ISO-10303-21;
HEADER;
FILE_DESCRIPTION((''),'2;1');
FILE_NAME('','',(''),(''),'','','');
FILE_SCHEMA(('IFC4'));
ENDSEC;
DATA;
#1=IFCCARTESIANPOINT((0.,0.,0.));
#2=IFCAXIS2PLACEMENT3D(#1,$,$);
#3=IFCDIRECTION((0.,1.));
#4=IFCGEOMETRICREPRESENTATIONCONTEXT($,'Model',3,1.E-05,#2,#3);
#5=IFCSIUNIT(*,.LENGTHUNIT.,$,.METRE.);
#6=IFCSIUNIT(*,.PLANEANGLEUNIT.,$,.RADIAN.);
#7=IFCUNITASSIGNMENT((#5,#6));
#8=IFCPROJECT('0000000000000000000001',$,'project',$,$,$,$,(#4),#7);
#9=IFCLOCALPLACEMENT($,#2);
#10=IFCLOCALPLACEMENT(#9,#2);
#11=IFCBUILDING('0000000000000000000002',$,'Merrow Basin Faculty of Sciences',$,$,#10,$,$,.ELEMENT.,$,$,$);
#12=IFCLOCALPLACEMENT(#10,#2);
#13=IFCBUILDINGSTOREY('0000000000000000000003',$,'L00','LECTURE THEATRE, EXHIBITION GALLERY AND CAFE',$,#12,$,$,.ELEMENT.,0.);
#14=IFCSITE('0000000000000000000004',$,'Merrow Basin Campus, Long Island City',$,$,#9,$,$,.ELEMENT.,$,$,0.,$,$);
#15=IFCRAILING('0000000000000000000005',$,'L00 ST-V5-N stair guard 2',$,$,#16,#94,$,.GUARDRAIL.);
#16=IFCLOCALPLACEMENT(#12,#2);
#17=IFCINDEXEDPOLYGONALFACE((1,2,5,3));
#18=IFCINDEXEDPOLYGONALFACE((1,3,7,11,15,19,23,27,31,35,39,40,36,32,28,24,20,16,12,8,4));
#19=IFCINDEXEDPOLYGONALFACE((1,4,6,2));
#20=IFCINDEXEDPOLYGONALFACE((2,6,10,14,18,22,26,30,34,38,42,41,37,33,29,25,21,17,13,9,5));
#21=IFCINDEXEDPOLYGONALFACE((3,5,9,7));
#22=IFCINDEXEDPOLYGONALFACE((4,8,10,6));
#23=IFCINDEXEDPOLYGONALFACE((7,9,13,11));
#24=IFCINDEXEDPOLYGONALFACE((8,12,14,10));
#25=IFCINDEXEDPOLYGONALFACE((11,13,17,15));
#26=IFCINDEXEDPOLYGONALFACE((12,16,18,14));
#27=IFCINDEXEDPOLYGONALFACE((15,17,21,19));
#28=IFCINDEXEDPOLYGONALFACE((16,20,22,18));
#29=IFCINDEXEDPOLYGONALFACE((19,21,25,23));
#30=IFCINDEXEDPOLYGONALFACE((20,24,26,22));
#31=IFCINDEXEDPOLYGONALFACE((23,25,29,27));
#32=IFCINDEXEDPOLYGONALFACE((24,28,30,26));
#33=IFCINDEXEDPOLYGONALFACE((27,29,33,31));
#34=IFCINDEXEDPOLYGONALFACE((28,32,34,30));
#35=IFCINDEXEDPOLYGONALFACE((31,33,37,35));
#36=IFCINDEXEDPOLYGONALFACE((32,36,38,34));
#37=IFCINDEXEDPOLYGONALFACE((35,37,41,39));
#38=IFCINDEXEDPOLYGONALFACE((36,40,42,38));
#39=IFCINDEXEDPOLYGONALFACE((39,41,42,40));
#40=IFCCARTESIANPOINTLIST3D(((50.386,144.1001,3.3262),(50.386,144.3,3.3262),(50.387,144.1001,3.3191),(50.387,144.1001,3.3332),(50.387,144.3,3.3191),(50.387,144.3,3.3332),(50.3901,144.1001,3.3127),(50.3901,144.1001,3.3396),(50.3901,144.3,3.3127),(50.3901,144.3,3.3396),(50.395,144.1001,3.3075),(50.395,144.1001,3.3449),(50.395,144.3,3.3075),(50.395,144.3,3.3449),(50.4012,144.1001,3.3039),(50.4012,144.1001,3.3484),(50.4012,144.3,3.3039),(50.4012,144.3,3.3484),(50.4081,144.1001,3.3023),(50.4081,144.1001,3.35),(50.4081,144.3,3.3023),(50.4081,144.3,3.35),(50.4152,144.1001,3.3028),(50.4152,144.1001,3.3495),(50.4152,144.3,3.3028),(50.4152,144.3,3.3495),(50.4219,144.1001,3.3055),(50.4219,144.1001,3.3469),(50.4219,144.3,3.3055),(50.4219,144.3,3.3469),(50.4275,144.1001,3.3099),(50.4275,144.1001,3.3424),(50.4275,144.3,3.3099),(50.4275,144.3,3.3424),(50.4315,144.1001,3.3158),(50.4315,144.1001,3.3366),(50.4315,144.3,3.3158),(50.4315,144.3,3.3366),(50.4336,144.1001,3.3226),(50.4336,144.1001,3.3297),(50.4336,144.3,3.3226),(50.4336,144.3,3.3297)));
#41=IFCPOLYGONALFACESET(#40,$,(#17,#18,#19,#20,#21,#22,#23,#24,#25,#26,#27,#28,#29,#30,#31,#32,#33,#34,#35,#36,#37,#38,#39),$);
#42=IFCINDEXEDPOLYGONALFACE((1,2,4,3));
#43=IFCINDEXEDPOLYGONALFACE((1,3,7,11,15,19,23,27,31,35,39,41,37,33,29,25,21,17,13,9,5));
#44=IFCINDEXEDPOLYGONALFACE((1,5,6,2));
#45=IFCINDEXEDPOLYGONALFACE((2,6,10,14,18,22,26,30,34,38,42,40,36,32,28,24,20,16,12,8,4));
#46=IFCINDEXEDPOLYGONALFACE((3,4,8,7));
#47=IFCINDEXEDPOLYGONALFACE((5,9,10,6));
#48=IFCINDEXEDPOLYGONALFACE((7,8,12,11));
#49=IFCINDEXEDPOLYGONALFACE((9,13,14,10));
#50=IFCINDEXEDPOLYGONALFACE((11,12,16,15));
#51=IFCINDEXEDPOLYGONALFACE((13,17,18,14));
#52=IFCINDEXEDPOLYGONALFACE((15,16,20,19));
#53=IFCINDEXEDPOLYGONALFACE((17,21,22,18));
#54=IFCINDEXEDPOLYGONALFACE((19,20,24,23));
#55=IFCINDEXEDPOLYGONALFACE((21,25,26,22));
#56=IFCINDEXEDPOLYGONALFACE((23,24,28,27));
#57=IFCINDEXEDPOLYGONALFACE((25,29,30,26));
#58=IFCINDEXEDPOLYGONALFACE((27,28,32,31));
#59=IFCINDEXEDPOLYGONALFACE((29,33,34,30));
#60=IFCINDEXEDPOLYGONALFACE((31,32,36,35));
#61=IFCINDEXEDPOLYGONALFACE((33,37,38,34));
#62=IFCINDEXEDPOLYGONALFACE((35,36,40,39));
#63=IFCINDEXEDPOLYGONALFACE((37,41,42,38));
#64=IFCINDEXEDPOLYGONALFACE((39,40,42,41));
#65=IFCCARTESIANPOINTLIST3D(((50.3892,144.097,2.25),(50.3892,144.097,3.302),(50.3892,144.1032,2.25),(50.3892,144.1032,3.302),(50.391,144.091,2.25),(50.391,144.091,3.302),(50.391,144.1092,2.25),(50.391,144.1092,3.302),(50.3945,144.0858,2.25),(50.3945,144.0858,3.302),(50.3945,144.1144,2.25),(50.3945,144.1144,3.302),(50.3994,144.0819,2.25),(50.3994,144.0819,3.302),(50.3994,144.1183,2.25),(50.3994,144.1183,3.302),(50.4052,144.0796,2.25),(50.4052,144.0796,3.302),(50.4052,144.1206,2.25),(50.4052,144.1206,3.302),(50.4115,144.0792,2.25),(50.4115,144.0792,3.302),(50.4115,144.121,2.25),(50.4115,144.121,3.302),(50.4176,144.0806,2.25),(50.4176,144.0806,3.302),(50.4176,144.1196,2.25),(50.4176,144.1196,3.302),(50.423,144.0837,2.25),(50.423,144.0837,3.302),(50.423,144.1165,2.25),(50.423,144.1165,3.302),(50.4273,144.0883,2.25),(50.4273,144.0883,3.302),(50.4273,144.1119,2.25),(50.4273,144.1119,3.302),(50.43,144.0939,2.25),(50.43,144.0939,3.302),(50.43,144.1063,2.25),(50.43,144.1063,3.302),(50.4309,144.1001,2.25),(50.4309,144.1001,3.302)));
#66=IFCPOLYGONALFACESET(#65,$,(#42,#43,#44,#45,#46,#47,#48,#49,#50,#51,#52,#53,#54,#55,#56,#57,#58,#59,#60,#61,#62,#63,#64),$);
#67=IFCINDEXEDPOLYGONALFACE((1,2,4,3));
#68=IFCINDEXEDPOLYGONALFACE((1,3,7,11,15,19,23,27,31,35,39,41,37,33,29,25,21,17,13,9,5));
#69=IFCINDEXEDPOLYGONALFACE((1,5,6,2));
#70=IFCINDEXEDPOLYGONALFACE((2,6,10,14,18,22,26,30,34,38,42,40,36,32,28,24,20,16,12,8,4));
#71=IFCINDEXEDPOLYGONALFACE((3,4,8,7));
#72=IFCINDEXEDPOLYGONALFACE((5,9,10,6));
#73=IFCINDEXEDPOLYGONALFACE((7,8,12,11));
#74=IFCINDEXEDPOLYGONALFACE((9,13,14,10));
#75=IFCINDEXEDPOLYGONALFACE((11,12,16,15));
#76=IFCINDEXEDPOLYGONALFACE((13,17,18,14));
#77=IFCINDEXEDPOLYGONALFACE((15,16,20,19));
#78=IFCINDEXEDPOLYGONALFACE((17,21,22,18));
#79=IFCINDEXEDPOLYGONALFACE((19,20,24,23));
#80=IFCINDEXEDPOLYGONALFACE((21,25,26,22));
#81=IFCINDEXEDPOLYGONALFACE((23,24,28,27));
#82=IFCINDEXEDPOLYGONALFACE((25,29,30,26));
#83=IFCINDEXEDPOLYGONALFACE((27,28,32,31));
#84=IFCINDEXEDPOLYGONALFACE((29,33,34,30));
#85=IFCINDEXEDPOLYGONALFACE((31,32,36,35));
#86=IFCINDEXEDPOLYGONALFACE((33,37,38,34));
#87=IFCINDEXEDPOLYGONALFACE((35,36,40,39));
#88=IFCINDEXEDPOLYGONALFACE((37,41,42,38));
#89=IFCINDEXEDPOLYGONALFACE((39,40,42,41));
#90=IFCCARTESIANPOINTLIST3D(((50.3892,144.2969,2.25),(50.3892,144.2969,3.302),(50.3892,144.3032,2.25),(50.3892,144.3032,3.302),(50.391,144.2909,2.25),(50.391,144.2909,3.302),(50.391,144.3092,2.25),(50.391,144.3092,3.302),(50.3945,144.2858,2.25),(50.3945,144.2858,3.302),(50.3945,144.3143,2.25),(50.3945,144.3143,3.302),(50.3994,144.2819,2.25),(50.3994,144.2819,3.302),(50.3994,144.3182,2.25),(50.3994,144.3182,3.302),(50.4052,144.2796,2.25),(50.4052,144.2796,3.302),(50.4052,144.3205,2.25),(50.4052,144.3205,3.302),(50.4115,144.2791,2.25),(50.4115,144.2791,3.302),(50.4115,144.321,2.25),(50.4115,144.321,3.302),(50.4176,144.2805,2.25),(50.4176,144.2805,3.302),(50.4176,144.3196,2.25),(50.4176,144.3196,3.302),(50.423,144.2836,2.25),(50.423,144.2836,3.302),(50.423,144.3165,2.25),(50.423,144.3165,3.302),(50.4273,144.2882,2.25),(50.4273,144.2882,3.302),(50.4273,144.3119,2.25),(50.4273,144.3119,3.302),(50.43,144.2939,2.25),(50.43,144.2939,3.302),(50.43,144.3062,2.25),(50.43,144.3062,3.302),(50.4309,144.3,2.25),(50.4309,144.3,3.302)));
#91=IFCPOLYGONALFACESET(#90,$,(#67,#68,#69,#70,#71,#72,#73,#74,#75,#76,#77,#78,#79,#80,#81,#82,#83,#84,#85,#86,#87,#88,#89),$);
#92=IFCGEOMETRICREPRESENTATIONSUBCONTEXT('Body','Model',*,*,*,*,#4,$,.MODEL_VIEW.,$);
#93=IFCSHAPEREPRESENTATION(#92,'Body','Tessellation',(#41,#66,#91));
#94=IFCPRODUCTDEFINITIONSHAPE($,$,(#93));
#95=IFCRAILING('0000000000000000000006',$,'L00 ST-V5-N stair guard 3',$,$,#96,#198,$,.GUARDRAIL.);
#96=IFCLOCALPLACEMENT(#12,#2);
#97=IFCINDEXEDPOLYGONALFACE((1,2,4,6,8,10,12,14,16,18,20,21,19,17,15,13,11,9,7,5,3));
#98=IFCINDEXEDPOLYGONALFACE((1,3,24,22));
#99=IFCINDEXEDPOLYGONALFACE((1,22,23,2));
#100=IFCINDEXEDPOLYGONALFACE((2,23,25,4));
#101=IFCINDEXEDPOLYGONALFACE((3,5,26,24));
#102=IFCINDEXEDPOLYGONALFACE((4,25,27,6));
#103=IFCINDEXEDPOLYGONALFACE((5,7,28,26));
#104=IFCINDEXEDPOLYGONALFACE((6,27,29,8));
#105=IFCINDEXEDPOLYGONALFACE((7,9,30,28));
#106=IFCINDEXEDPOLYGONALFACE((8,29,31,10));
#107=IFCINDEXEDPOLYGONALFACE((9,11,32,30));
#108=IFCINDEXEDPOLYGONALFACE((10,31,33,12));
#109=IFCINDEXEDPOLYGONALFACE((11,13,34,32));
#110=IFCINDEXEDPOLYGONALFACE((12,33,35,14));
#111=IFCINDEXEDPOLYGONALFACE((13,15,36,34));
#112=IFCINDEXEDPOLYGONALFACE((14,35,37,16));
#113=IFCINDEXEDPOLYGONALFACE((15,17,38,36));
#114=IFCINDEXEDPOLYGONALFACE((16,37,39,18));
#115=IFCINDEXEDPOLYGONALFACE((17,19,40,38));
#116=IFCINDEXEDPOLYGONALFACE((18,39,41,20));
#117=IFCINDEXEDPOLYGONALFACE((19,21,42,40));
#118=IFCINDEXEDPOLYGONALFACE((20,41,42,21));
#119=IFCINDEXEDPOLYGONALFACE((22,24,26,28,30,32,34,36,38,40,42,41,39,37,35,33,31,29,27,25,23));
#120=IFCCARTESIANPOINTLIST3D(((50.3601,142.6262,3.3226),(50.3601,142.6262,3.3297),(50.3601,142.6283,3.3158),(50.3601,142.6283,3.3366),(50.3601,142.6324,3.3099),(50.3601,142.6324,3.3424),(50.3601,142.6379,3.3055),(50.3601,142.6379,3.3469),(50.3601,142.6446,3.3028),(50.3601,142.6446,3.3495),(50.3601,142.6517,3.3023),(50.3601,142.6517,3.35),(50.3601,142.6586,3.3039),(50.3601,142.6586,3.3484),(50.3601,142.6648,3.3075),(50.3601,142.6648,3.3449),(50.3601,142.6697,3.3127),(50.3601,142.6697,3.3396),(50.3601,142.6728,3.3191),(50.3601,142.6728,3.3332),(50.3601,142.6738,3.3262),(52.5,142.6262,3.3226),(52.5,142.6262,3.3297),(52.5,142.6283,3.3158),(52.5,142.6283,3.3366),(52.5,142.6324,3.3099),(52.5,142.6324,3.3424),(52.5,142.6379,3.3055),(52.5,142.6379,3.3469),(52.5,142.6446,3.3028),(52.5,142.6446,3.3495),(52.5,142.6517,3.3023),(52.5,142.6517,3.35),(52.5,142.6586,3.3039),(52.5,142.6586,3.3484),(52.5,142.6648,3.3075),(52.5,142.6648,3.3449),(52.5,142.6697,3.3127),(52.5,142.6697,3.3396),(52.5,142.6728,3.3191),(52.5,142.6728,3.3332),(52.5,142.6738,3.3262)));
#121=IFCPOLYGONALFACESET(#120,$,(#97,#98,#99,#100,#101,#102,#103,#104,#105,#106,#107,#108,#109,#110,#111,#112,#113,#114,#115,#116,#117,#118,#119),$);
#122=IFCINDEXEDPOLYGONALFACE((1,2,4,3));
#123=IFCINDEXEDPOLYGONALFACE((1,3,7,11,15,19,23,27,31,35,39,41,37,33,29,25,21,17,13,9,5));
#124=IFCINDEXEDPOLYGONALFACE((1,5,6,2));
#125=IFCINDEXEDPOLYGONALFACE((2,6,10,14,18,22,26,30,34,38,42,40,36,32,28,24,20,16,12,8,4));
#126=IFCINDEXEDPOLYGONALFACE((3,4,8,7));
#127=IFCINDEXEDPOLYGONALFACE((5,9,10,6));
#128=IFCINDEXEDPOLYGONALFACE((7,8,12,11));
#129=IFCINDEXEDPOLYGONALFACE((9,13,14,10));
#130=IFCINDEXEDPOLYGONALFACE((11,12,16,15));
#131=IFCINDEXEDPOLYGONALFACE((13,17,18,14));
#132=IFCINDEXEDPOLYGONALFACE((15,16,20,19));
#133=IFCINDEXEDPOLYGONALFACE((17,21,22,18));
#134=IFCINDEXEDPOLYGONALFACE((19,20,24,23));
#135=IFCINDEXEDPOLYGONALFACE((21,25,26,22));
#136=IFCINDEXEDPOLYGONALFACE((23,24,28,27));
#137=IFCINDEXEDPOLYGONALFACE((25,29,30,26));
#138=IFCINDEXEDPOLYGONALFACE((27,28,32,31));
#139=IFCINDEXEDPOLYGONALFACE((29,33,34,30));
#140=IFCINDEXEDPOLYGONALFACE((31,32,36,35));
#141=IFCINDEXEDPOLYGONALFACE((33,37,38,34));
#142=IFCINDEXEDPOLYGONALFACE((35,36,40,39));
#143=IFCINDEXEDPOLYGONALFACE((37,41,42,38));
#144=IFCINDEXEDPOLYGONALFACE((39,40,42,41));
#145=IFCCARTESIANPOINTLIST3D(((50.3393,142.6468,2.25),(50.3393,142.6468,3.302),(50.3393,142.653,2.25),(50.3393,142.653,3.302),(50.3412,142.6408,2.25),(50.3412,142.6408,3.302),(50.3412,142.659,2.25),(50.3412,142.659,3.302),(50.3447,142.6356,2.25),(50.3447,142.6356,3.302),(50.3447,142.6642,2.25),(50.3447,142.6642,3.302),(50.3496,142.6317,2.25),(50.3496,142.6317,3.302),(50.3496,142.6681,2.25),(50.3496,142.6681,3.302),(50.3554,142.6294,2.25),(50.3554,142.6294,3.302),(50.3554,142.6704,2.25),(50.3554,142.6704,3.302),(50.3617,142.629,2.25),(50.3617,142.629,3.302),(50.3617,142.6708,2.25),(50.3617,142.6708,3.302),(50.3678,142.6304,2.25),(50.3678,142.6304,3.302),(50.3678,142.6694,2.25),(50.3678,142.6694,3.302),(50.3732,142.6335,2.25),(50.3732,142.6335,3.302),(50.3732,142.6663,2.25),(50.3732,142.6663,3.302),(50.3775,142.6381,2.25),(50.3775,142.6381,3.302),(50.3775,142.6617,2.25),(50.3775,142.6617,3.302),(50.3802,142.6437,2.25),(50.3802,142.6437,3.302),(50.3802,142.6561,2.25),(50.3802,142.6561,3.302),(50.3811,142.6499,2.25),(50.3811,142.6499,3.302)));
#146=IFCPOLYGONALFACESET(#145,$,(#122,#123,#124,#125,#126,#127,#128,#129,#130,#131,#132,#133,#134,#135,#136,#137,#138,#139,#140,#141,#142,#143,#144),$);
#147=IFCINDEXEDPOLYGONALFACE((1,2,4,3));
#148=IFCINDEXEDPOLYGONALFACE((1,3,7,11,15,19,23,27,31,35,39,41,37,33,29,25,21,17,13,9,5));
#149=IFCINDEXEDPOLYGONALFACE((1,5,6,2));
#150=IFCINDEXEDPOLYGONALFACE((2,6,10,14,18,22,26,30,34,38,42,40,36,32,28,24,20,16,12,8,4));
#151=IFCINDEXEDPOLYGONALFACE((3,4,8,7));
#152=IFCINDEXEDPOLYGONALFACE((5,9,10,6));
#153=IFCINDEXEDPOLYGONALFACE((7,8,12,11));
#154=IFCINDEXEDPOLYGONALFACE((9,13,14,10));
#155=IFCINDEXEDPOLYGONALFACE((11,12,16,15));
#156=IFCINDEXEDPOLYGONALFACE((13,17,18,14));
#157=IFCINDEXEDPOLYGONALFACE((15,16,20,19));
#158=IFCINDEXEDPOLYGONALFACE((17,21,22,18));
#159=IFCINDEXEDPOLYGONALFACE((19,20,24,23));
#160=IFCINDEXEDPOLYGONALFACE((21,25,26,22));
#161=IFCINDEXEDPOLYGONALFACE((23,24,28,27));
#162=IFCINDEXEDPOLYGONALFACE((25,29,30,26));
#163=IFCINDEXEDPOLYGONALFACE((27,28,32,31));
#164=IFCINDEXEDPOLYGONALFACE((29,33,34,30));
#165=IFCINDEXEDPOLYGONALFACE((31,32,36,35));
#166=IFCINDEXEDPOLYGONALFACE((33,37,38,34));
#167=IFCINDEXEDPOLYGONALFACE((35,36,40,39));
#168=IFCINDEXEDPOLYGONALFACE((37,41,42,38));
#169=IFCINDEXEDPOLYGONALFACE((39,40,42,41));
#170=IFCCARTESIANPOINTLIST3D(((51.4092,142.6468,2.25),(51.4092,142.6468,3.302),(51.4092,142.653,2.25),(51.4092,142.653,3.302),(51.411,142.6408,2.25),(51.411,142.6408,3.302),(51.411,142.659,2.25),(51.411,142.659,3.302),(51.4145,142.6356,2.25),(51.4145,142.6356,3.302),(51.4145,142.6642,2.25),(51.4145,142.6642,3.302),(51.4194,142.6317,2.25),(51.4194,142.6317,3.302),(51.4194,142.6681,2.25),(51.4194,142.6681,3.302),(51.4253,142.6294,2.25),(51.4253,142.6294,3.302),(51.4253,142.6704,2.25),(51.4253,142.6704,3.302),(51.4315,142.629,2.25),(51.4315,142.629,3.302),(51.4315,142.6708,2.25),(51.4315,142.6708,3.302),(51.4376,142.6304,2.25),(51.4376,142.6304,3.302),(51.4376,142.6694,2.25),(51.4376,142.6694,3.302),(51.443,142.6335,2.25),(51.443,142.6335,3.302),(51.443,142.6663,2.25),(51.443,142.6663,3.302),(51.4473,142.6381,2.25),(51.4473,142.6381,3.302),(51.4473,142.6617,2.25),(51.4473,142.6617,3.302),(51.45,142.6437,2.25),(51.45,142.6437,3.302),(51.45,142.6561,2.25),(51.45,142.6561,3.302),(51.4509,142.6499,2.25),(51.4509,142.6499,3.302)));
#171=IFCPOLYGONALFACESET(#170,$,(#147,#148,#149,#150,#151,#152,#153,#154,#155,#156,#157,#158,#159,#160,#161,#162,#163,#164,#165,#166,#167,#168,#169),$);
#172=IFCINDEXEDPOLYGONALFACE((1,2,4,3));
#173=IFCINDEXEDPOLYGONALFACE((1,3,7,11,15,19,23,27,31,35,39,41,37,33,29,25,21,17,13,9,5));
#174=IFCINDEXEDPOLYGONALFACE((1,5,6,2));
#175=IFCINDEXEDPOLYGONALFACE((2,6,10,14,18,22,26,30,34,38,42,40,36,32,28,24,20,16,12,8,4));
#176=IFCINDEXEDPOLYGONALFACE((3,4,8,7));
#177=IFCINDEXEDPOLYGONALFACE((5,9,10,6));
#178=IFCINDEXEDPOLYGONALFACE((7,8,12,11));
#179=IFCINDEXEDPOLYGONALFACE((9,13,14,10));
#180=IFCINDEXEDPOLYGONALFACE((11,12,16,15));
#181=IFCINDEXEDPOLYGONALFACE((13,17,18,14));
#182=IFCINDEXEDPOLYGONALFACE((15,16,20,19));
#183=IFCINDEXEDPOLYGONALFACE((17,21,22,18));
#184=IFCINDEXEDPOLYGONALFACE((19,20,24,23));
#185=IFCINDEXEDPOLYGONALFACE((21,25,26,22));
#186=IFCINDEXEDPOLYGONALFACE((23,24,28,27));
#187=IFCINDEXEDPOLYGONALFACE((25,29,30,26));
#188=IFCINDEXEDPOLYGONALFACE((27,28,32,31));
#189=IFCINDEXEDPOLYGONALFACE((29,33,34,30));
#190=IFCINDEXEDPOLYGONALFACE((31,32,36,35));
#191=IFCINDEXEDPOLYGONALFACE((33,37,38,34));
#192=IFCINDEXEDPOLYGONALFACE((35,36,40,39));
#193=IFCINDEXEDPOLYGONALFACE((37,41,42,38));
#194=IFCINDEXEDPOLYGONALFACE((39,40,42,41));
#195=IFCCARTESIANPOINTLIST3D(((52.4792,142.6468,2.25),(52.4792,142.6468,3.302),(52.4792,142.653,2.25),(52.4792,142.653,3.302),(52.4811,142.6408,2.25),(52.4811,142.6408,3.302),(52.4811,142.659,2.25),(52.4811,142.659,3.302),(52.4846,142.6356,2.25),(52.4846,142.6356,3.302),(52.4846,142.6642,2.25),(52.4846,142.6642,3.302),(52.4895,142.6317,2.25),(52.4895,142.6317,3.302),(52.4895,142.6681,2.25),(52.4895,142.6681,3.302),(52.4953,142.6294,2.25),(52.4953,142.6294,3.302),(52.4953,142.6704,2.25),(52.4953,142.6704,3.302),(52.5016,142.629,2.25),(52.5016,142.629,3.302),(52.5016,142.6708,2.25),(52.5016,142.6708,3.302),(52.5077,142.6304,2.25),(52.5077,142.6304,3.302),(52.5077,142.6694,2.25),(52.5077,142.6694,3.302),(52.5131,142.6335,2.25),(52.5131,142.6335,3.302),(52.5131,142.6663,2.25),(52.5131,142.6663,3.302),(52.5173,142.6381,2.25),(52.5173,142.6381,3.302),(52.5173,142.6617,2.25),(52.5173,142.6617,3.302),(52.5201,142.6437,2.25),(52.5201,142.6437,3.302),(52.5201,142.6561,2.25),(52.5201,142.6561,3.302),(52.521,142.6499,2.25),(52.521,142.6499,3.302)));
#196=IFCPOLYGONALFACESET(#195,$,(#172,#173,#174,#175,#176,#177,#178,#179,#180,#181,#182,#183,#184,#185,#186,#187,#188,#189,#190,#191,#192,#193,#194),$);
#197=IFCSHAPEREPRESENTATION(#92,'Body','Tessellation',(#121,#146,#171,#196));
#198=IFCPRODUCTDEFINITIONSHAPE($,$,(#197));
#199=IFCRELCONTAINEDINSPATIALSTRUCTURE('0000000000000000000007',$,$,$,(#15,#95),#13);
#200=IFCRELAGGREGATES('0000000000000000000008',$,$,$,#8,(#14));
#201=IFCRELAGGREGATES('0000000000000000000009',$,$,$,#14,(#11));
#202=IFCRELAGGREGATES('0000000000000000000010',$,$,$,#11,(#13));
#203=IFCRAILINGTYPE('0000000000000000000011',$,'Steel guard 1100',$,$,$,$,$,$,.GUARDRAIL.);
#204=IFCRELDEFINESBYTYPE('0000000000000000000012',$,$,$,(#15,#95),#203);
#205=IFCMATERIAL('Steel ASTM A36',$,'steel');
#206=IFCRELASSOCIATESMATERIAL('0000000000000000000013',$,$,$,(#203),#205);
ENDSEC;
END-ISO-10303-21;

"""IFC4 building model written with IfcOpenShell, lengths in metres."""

from ifc_helpers import new_model, si_unit, direction, frame, origin, origin_2d, place, context, subcontext, project, spatial, circle, extrude, material, type_object, element, save


model = new_model("IFC4")

# Units and contexts
model_context = context("Model", 3, precision=1e-05, world=origin(), true_north=direction((0.0, 1.0)))
body_context = subcontext(model_context, "Body", "Model", "MODEL_VIEW")
ifc_project = project(units=[si_unit("LENGTHUNIT", "METRE"), si_unit("PLANEANGLEUNIT", "RADIAN")], contexts=[model_context])

# Site, building, storey
site_placement = place(None, origin())
site = spatial("IfcSite", under=ifc_project, at=site_placement, Name="Merrow Basin Campus, Long Island City", CompositionType="ELEMENT", RefElevation=0.0)
building_placement = place(site_placement, origin())
building = spatial("IfcBuilding", under=site, at=building_placement, Name="Merrow Basin Faculty of Sciences", CompositionType="ELEMENT")
storey_placement = place(building_placement, origin())
storey = spatial("IfcBuildingStorey", under=building, at=storey_placement, Name="L00", Description="LECTURE THEATRE, EXHIBITION GALLERY AND CAFE", CompositionType="ELEMENT", Elevation=0.0)

# Railings
ifc_material_1 = material(Name="Steel ASTM A36", Category="steel")
railing_type_1 = type_object("IfcRailingType", Name="Steel guard 1100", PredefinedType="GUARDRAIL", material=ifc_material_1)
railing_1_placement = place(storey_placement, frame((50.4099, 144.1001, 2.25)))
element("IfcRailing", 1, at=railing_1_placement, inside=storey, type_object=railing_type_1, Name="L00 ST-V5-N stair guard 2", PredefinedType="GUARDRAIL", context=body_context, shape_type="SweptSolid", body=[
    extrude(circle(Radius=0.0239, at=origin_2d()), frame((0.0, 0.0, 1.0762), z_axis=(0.0, 1.0, 0.0), x_axis=(-1.0, 0.0, 0.0)), (0.0, 0.0, 1.0), 0.2),
    extrude(circle(Radius=0.021, at=origin_2d()), origin(), (0.0, 0.0, 1.0), 1.052),
    extrude(circle(Radius=0.021, at=origin_2d()), frame((0.0, 0.2, 0.0)), (0.0, 0.0, 1.0), 1.052),
])
railing_2_placement = place(storey_placement, frame((50.3601, 142.6499, 2.25)))
element("IfcRailing", 2, at=railing_2_placement, inside=storey, type_object=railing_type_1, Name="L00 ST-V5-N stair guard 3", PredefinedType="GUARDRAIL", context=body_context, shape_type="SweptSolid", body=[
    extrude(circle(Radius=0.0239, at=origin_2d()), frame((0.0, 0.0, 1.0762), z_axis=(1.0, 0.0, 0.0), x_axis=(0.0, 1.0, 0.0)), (0.0, 0.0, 1.0), 2.1399),
    extrude(circle(Radius=0.021, at=origin_2d()), origin(), (0.0, 0.0, 1.0), 1.052),
    extrude(circle(Radius=0.021, at=origin_2d()), frame((1.0698, 0.0, 0.0)), (0.0, 0.0, 1.0), 1.052),
    extrude(circle(Radius=0.021, at=origin_2d()), frame((2.1399, 0.0, 0.0)), (0.0, 0.0, 1.0), 1.052),
])

save(model, "model.ifc")
